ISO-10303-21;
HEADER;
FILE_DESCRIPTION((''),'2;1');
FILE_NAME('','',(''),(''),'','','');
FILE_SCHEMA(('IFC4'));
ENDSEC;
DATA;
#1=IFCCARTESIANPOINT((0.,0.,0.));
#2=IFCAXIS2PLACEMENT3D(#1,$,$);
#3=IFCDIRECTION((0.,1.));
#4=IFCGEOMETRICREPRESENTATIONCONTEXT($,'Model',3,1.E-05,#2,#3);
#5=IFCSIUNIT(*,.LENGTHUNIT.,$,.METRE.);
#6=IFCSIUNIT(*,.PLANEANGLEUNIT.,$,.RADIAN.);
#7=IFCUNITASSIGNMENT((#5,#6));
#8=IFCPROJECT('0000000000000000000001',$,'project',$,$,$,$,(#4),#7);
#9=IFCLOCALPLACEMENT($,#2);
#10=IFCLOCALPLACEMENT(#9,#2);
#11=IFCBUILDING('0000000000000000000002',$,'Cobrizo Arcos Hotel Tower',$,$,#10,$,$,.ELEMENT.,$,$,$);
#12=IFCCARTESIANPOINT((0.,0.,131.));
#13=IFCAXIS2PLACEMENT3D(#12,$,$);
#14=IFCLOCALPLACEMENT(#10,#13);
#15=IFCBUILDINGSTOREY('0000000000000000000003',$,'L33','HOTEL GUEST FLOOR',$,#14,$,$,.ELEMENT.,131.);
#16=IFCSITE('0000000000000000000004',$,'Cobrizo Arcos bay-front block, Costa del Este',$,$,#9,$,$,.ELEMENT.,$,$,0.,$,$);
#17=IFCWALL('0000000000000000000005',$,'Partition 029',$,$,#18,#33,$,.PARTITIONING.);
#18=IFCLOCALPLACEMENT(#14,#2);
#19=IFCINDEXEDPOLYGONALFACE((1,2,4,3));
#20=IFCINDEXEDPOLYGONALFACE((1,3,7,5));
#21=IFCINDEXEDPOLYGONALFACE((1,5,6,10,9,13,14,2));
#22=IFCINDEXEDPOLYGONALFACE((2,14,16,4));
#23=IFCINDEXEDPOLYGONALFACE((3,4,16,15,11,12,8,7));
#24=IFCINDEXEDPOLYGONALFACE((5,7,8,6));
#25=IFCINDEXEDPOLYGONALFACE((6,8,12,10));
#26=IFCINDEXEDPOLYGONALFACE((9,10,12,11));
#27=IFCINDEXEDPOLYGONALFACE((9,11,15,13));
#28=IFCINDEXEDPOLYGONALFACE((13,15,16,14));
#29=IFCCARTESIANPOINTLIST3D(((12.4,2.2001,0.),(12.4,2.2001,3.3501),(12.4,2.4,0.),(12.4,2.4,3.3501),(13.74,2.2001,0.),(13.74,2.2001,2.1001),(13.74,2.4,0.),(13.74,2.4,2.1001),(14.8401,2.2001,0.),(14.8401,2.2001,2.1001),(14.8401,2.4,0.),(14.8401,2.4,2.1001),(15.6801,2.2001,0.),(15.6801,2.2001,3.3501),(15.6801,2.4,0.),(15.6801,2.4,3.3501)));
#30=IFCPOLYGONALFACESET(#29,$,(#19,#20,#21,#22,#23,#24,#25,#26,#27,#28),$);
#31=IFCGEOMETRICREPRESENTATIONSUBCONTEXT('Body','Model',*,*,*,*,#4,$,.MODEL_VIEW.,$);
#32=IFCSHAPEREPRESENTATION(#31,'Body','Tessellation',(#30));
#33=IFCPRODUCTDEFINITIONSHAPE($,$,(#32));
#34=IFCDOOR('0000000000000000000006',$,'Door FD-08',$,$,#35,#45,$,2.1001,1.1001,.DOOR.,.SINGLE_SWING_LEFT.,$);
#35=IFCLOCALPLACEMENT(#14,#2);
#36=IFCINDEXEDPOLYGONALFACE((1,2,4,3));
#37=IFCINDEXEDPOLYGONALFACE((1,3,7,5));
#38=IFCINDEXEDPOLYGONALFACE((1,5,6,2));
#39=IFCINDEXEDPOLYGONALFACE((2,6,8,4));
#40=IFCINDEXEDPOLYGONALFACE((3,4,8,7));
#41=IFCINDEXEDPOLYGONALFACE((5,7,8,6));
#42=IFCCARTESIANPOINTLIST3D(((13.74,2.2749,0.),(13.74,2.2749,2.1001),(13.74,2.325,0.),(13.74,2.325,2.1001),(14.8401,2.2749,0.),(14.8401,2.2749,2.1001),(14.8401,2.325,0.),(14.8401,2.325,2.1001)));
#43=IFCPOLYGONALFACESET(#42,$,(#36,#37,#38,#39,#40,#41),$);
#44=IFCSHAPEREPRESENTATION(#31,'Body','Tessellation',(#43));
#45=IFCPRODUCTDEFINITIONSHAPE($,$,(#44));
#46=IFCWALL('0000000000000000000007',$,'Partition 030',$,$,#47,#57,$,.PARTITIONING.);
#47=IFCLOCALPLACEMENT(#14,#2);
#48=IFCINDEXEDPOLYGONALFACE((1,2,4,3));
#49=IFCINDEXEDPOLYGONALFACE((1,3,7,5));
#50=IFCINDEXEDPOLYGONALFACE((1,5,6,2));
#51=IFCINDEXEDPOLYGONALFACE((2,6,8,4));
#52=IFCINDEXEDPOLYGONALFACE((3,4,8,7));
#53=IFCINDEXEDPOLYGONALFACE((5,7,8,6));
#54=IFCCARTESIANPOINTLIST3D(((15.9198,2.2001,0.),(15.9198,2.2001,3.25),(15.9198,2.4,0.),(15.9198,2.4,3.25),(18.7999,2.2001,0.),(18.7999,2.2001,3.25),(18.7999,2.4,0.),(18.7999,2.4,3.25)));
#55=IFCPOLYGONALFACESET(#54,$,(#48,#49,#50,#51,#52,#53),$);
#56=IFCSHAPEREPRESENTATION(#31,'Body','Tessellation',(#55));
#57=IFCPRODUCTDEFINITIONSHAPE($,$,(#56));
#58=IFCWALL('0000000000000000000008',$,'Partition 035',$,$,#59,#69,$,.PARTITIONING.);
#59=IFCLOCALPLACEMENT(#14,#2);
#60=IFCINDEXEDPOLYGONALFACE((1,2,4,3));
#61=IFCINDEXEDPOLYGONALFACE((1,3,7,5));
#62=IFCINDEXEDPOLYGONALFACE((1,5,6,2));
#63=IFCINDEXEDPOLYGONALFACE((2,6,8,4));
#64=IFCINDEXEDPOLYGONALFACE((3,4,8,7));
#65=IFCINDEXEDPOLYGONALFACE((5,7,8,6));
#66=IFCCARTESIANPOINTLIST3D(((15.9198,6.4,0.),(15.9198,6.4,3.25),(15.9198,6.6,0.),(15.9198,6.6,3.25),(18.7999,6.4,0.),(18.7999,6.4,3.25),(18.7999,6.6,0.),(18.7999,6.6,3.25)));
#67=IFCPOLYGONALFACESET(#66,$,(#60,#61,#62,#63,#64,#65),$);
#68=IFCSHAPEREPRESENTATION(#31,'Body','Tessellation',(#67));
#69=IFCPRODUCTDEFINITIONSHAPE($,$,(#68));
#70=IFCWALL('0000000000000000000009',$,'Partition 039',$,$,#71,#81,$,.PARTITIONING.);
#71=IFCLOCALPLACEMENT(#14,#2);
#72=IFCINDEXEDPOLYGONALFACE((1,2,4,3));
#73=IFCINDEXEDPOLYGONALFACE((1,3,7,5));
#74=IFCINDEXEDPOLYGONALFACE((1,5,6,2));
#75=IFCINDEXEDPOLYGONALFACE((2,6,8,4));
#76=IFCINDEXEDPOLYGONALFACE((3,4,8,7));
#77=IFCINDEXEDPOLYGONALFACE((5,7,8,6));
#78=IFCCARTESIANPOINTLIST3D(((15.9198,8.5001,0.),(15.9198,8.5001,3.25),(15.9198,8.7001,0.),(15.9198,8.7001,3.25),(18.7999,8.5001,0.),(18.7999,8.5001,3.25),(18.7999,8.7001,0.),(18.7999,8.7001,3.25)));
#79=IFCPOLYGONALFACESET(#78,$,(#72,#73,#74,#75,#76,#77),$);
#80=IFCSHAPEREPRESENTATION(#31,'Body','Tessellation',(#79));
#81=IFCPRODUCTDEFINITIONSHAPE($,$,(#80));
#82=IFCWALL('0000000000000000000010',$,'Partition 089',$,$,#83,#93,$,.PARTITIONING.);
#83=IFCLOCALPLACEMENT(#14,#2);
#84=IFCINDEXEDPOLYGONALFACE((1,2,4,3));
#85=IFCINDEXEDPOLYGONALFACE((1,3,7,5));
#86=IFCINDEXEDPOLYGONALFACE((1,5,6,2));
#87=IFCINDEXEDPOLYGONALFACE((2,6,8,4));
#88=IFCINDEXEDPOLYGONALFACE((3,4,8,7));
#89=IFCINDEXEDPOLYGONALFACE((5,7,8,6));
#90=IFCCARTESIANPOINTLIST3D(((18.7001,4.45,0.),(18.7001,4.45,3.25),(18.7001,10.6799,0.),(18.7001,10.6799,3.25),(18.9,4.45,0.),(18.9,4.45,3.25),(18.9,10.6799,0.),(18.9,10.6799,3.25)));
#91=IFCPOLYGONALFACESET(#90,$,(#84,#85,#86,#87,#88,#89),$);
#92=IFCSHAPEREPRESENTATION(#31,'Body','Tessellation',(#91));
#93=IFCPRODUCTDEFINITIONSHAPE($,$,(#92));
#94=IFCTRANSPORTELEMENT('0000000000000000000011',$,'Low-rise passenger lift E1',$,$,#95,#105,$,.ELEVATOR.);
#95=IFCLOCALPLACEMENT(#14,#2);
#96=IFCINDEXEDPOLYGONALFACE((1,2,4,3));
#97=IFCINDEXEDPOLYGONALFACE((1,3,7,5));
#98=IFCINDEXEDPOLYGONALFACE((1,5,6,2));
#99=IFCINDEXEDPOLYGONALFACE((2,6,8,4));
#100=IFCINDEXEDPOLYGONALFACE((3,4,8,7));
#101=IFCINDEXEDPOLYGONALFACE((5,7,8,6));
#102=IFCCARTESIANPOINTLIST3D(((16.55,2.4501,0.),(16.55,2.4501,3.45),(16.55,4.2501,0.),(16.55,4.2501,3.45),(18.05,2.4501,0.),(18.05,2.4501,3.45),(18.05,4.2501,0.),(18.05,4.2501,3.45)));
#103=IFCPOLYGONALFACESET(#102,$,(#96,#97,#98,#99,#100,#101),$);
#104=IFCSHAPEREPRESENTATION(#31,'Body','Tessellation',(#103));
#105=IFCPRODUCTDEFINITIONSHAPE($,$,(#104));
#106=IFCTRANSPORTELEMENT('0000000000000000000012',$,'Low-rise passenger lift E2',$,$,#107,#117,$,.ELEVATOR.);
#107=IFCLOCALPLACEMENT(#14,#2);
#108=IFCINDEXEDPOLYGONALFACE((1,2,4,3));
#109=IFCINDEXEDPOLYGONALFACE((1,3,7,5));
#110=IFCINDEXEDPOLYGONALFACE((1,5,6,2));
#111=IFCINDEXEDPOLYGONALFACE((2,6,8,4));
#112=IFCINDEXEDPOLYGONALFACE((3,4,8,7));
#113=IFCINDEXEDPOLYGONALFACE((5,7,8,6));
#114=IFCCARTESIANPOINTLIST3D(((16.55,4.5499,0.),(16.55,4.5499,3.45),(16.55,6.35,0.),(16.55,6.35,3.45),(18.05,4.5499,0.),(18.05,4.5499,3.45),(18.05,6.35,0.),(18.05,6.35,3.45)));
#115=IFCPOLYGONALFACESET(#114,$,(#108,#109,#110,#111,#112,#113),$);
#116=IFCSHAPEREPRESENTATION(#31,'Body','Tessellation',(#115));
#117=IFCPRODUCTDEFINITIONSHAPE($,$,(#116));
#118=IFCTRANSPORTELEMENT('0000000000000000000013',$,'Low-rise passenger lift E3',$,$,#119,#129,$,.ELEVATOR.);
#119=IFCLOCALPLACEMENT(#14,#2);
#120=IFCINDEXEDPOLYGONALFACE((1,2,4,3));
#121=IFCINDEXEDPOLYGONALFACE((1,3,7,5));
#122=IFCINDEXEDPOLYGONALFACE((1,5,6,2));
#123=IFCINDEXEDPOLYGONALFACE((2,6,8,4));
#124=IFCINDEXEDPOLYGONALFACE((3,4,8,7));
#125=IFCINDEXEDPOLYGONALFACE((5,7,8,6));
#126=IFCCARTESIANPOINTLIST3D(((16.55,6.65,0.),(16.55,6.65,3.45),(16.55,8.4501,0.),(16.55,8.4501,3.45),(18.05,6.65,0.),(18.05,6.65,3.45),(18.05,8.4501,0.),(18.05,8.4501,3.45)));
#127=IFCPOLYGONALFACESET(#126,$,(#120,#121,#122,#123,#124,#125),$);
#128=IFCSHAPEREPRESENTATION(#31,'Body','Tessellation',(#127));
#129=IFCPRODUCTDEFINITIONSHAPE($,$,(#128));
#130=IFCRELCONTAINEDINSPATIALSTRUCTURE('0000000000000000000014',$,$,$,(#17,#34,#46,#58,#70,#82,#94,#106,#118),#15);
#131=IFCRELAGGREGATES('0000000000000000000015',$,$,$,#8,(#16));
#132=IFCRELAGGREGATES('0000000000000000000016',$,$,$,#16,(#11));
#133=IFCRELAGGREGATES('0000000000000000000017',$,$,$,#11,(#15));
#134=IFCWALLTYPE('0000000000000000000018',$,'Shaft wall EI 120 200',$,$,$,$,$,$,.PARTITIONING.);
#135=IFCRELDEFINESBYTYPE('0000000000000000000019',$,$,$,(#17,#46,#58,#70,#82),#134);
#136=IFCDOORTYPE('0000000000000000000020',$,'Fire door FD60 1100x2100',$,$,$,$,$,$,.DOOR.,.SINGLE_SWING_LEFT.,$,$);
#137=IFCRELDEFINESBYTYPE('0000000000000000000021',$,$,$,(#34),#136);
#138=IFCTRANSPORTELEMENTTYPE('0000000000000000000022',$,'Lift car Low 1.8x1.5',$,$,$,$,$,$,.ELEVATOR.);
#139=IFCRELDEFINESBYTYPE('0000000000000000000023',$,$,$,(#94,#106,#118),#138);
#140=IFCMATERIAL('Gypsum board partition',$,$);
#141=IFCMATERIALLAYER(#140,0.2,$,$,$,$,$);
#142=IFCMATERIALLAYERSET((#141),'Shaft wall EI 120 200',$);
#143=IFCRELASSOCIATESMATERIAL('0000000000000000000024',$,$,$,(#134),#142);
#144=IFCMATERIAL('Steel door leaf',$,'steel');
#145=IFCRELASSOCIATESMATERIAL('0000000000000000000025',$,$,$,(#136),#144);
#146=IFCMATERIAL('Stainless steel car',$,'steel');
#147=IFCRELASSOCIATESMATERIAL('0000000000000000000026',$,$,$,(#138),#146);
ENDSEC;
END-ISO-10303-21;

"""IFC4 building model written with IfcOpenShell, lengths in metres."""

from ifc_helpers import new_model, si_unit, direction, frame, frame_2d, origin, origin_2d, place, context, subcontext, project, spatial, rectangle, extrude, material, layer, layer_set, type_object, element, fill, save


model = new_model("IFC4")

# Units and contexts
model_context = context("Model", 3, precision=1e-05, world=origin(), true_north=direction((0.0, 1.0)))
body_context = subcontext(model_context, "Body", "Model", "MODEL_VIEW")
ifc_project = project(units=[si_unit("LENGTHUNIT", "METRE"), si_unit("PLANEANGLEUNIT", "RADIAN")], contexts=[model_context])

# Site, building, storey
site_placement = place(None, origin())
site = spatial("IfcSite", under=ifc_project, at=site_placement, Name="Cobrizo Arcos bay-front block, Costa del Este", CompositionType="ELEMENT", RefElevation=0.0)
building_placement = place(site_placement, origin())
building = spatial("IfcBuilding", under=site, at=building_placement, Name="Cobrizo Arcos Hotel Tower", CompositionType="ELEMENT")
storey_placement = place(building_placement, frame((0.0, 0.0, 131.0)))
storey = spatial("IfcBuildingStorey", under=building, at=storey_placement, Name="L33", Description="HOTEL GUEST FLOOR", CompositionType="ELEMENT", Elevation=131.0)

# Shared definitions
ifc_material_1 = material(Name="Gypsum board partition")

# Shared definitions
ifc_layer_1 = layer(ifc_material_1, 0.2)
ifc_layer_set_1 = layer_set([ifc_layer_1], Name="Shaft wall EI 120 200")
wall_type_1 = type_object("IfcWallType", Name="Shaft wall EI 120 200", PredefinedType="PARTITIONING", material=ifc_layer_set_1)

# Wall, opening, door
wall_1_placement = place(storey_placement, frame((12.3999, 2.3, 0.0), z_axis=(0.0, 0.0, 1.0), x_axis=(1.0, 0.0, 0.0)))
wall_1 = element("IfcWall", 1, at=wall_1_placement, inside=storey, type_object=wall_type_1, Name="Partition 029", PredefinedType="PARTITIONING", context=body_context, shape_type="SweptSolid", body=[
    extrude(rectangle(XDim=3.28, YDim=0.2, at=frame_2d((1.6401, 0.0))), origin(), (0.0, 0.0, 1.0), 3.3501),
])
opening_1_placement = place(wall_1_placement, frame((1.3401, 0.0, 0.0)))
opening_1 = element("IfcOpeningElement", 2, at=opening_1_placement, cuts=wall_1, PredefinedType="OPENING", context=body_context, shape_type="SweptSolid", body=[
    extrude(rectangle(XDim=1.1001, YDim=2.1001, at=frame_2d((0.55, 1.05))), frame((0.0, 0.1121, 0.0), z_axis=(0.0, -1.0, 0.0), x_axis=(1.0, 0.0, 0.0)), (0.0, 0.0, 1.0), 0.2239),
])
ifc_material_2 = material(Name="Steel door leaf", Category="steel")
door_type_1 = type_object("IfcDoorType", Name="Fire door FD60 1100x2100", OperationType="SINGLE_SWING_LEFT", PredefinedType="DOOR", material=ifc_material_2)
door_1_placement = place(opening_1_placement, origin())
door_1 = element("IfcDoor", 3, at=door_1_placement, inside=storey, type_object=door_type_1, Name="Door FD-08", OperationType="SINGLE_SWING_LEFT", OverallHeight=2.1001, OverallWidth=1.1001, PredefinedType="DOOR", context=body_context, shape_type="SweptSolid", body=[
    extrude(rectangle(XDim=1.1001, YDim=2.1001, at=frame_2d((0.55, 1.05))), frame((0.0, 0.0249, 0.0), z_axis=(0.0, -1.0, 0.0), x_axis=(1.0, 0.0, 0.0)), (0.0, 0.0, 1.0), 0.05),
])
fill(opening_1, door_1)

# Walls
for number, where, z_axis, x_axis, name in (
    (4, (15.9199, 2.3, 0.0), (0.0, 0.0, 1.0), (1.0, 0.0, 0.0), "Partition 030"),
    (5, (15.9199, 6.5, 0.0), (0.0, 0.0, 1.0), (1.0, 0.0, 0.0), "Partition 035"),
    (6, (15.9199, 8.6001, 0.0), (0.0, 0.0, 1.0), (1.0, 0.0, 0.0), "Partition 039"),
):
    element("IfcWall", number, at=place(storey_placement, frame(where, z_axis=z_axis, x_axis=x_axis)), inside=storey, type_object=wall_type_1, Name=name, PredefinedType="PARTITIONING", context=body_context, shape_type="SweptSolid", body=[
        extrude(rectangle(XDim=2.8801, YDim=0.2, at=frame_2d((1.4399, 0.0))), origin(), (0.0, 0.0, 1.0), 3.25),
    ])
wall_2_placement = place(storey_placement, frame((18.8, 4.45, 0.0), z_axis=(0.0, 0.0, 1.0), x_axis=(0.0, 1.0, 0.0)))
element("IfcWall", 7, at=wall_2_placement, inside=storey, type_object=wall_type_1, Name="Partition 089", PredefinedType="PARTITIONING", context=body_context, shape_type="SweptSolid", body=[
    extrude(rectangle(XDim=6.23, YDim=0.2, at=frame_2d((3.115, 0.0))), origin(), (0.0, 0.0, 1.0), 3.25),
])

# Transport elements
ifc_material_3 = material(Name="Stainless steel car", Category="steel")
transport_element_type = type_object("IfcTransportElementType", Name="Lift car Low 1.8x1.5", PredefinedType="ELEVATOR", material=ifc_material_3)
for number, where, z_axis, x_axis, name in (
    (8, (17.3, 3.3501, 0.0), (0.0, 0.0, 1.0), (1.0, 0.0, 0.0), "Low-rise passenger lift E1"),
    (9, (17.3, 5.45, 0.0), (0.0, 0.0, 1.0), (1.0, 0.0, 0.0), "Low-rise passenger lift E2"),
    (10, (17.3, 7.55, 0.0), (0.0, 0.0, 1.0), (1.0, 0.0, 0.0), "Low-rise passenger lift E3"),
):
    element("IfcTransportElement", number, at=place(storey_placement, frame(where, z_axis=z_axis, x_axis=x_axis)), inside=storey, type_object=transport_element_type, Name=name, PredefinedType="ELEVATOR", context=body_context, shape_type="SweptSolid", body=[
        extrude(rectangle(XDim=1.5, YDim=1.8, at=origin_2d()), origin(), (0.0, 0.0, 1.0), 3.45),
    ])

save(model, "model.ifc")
